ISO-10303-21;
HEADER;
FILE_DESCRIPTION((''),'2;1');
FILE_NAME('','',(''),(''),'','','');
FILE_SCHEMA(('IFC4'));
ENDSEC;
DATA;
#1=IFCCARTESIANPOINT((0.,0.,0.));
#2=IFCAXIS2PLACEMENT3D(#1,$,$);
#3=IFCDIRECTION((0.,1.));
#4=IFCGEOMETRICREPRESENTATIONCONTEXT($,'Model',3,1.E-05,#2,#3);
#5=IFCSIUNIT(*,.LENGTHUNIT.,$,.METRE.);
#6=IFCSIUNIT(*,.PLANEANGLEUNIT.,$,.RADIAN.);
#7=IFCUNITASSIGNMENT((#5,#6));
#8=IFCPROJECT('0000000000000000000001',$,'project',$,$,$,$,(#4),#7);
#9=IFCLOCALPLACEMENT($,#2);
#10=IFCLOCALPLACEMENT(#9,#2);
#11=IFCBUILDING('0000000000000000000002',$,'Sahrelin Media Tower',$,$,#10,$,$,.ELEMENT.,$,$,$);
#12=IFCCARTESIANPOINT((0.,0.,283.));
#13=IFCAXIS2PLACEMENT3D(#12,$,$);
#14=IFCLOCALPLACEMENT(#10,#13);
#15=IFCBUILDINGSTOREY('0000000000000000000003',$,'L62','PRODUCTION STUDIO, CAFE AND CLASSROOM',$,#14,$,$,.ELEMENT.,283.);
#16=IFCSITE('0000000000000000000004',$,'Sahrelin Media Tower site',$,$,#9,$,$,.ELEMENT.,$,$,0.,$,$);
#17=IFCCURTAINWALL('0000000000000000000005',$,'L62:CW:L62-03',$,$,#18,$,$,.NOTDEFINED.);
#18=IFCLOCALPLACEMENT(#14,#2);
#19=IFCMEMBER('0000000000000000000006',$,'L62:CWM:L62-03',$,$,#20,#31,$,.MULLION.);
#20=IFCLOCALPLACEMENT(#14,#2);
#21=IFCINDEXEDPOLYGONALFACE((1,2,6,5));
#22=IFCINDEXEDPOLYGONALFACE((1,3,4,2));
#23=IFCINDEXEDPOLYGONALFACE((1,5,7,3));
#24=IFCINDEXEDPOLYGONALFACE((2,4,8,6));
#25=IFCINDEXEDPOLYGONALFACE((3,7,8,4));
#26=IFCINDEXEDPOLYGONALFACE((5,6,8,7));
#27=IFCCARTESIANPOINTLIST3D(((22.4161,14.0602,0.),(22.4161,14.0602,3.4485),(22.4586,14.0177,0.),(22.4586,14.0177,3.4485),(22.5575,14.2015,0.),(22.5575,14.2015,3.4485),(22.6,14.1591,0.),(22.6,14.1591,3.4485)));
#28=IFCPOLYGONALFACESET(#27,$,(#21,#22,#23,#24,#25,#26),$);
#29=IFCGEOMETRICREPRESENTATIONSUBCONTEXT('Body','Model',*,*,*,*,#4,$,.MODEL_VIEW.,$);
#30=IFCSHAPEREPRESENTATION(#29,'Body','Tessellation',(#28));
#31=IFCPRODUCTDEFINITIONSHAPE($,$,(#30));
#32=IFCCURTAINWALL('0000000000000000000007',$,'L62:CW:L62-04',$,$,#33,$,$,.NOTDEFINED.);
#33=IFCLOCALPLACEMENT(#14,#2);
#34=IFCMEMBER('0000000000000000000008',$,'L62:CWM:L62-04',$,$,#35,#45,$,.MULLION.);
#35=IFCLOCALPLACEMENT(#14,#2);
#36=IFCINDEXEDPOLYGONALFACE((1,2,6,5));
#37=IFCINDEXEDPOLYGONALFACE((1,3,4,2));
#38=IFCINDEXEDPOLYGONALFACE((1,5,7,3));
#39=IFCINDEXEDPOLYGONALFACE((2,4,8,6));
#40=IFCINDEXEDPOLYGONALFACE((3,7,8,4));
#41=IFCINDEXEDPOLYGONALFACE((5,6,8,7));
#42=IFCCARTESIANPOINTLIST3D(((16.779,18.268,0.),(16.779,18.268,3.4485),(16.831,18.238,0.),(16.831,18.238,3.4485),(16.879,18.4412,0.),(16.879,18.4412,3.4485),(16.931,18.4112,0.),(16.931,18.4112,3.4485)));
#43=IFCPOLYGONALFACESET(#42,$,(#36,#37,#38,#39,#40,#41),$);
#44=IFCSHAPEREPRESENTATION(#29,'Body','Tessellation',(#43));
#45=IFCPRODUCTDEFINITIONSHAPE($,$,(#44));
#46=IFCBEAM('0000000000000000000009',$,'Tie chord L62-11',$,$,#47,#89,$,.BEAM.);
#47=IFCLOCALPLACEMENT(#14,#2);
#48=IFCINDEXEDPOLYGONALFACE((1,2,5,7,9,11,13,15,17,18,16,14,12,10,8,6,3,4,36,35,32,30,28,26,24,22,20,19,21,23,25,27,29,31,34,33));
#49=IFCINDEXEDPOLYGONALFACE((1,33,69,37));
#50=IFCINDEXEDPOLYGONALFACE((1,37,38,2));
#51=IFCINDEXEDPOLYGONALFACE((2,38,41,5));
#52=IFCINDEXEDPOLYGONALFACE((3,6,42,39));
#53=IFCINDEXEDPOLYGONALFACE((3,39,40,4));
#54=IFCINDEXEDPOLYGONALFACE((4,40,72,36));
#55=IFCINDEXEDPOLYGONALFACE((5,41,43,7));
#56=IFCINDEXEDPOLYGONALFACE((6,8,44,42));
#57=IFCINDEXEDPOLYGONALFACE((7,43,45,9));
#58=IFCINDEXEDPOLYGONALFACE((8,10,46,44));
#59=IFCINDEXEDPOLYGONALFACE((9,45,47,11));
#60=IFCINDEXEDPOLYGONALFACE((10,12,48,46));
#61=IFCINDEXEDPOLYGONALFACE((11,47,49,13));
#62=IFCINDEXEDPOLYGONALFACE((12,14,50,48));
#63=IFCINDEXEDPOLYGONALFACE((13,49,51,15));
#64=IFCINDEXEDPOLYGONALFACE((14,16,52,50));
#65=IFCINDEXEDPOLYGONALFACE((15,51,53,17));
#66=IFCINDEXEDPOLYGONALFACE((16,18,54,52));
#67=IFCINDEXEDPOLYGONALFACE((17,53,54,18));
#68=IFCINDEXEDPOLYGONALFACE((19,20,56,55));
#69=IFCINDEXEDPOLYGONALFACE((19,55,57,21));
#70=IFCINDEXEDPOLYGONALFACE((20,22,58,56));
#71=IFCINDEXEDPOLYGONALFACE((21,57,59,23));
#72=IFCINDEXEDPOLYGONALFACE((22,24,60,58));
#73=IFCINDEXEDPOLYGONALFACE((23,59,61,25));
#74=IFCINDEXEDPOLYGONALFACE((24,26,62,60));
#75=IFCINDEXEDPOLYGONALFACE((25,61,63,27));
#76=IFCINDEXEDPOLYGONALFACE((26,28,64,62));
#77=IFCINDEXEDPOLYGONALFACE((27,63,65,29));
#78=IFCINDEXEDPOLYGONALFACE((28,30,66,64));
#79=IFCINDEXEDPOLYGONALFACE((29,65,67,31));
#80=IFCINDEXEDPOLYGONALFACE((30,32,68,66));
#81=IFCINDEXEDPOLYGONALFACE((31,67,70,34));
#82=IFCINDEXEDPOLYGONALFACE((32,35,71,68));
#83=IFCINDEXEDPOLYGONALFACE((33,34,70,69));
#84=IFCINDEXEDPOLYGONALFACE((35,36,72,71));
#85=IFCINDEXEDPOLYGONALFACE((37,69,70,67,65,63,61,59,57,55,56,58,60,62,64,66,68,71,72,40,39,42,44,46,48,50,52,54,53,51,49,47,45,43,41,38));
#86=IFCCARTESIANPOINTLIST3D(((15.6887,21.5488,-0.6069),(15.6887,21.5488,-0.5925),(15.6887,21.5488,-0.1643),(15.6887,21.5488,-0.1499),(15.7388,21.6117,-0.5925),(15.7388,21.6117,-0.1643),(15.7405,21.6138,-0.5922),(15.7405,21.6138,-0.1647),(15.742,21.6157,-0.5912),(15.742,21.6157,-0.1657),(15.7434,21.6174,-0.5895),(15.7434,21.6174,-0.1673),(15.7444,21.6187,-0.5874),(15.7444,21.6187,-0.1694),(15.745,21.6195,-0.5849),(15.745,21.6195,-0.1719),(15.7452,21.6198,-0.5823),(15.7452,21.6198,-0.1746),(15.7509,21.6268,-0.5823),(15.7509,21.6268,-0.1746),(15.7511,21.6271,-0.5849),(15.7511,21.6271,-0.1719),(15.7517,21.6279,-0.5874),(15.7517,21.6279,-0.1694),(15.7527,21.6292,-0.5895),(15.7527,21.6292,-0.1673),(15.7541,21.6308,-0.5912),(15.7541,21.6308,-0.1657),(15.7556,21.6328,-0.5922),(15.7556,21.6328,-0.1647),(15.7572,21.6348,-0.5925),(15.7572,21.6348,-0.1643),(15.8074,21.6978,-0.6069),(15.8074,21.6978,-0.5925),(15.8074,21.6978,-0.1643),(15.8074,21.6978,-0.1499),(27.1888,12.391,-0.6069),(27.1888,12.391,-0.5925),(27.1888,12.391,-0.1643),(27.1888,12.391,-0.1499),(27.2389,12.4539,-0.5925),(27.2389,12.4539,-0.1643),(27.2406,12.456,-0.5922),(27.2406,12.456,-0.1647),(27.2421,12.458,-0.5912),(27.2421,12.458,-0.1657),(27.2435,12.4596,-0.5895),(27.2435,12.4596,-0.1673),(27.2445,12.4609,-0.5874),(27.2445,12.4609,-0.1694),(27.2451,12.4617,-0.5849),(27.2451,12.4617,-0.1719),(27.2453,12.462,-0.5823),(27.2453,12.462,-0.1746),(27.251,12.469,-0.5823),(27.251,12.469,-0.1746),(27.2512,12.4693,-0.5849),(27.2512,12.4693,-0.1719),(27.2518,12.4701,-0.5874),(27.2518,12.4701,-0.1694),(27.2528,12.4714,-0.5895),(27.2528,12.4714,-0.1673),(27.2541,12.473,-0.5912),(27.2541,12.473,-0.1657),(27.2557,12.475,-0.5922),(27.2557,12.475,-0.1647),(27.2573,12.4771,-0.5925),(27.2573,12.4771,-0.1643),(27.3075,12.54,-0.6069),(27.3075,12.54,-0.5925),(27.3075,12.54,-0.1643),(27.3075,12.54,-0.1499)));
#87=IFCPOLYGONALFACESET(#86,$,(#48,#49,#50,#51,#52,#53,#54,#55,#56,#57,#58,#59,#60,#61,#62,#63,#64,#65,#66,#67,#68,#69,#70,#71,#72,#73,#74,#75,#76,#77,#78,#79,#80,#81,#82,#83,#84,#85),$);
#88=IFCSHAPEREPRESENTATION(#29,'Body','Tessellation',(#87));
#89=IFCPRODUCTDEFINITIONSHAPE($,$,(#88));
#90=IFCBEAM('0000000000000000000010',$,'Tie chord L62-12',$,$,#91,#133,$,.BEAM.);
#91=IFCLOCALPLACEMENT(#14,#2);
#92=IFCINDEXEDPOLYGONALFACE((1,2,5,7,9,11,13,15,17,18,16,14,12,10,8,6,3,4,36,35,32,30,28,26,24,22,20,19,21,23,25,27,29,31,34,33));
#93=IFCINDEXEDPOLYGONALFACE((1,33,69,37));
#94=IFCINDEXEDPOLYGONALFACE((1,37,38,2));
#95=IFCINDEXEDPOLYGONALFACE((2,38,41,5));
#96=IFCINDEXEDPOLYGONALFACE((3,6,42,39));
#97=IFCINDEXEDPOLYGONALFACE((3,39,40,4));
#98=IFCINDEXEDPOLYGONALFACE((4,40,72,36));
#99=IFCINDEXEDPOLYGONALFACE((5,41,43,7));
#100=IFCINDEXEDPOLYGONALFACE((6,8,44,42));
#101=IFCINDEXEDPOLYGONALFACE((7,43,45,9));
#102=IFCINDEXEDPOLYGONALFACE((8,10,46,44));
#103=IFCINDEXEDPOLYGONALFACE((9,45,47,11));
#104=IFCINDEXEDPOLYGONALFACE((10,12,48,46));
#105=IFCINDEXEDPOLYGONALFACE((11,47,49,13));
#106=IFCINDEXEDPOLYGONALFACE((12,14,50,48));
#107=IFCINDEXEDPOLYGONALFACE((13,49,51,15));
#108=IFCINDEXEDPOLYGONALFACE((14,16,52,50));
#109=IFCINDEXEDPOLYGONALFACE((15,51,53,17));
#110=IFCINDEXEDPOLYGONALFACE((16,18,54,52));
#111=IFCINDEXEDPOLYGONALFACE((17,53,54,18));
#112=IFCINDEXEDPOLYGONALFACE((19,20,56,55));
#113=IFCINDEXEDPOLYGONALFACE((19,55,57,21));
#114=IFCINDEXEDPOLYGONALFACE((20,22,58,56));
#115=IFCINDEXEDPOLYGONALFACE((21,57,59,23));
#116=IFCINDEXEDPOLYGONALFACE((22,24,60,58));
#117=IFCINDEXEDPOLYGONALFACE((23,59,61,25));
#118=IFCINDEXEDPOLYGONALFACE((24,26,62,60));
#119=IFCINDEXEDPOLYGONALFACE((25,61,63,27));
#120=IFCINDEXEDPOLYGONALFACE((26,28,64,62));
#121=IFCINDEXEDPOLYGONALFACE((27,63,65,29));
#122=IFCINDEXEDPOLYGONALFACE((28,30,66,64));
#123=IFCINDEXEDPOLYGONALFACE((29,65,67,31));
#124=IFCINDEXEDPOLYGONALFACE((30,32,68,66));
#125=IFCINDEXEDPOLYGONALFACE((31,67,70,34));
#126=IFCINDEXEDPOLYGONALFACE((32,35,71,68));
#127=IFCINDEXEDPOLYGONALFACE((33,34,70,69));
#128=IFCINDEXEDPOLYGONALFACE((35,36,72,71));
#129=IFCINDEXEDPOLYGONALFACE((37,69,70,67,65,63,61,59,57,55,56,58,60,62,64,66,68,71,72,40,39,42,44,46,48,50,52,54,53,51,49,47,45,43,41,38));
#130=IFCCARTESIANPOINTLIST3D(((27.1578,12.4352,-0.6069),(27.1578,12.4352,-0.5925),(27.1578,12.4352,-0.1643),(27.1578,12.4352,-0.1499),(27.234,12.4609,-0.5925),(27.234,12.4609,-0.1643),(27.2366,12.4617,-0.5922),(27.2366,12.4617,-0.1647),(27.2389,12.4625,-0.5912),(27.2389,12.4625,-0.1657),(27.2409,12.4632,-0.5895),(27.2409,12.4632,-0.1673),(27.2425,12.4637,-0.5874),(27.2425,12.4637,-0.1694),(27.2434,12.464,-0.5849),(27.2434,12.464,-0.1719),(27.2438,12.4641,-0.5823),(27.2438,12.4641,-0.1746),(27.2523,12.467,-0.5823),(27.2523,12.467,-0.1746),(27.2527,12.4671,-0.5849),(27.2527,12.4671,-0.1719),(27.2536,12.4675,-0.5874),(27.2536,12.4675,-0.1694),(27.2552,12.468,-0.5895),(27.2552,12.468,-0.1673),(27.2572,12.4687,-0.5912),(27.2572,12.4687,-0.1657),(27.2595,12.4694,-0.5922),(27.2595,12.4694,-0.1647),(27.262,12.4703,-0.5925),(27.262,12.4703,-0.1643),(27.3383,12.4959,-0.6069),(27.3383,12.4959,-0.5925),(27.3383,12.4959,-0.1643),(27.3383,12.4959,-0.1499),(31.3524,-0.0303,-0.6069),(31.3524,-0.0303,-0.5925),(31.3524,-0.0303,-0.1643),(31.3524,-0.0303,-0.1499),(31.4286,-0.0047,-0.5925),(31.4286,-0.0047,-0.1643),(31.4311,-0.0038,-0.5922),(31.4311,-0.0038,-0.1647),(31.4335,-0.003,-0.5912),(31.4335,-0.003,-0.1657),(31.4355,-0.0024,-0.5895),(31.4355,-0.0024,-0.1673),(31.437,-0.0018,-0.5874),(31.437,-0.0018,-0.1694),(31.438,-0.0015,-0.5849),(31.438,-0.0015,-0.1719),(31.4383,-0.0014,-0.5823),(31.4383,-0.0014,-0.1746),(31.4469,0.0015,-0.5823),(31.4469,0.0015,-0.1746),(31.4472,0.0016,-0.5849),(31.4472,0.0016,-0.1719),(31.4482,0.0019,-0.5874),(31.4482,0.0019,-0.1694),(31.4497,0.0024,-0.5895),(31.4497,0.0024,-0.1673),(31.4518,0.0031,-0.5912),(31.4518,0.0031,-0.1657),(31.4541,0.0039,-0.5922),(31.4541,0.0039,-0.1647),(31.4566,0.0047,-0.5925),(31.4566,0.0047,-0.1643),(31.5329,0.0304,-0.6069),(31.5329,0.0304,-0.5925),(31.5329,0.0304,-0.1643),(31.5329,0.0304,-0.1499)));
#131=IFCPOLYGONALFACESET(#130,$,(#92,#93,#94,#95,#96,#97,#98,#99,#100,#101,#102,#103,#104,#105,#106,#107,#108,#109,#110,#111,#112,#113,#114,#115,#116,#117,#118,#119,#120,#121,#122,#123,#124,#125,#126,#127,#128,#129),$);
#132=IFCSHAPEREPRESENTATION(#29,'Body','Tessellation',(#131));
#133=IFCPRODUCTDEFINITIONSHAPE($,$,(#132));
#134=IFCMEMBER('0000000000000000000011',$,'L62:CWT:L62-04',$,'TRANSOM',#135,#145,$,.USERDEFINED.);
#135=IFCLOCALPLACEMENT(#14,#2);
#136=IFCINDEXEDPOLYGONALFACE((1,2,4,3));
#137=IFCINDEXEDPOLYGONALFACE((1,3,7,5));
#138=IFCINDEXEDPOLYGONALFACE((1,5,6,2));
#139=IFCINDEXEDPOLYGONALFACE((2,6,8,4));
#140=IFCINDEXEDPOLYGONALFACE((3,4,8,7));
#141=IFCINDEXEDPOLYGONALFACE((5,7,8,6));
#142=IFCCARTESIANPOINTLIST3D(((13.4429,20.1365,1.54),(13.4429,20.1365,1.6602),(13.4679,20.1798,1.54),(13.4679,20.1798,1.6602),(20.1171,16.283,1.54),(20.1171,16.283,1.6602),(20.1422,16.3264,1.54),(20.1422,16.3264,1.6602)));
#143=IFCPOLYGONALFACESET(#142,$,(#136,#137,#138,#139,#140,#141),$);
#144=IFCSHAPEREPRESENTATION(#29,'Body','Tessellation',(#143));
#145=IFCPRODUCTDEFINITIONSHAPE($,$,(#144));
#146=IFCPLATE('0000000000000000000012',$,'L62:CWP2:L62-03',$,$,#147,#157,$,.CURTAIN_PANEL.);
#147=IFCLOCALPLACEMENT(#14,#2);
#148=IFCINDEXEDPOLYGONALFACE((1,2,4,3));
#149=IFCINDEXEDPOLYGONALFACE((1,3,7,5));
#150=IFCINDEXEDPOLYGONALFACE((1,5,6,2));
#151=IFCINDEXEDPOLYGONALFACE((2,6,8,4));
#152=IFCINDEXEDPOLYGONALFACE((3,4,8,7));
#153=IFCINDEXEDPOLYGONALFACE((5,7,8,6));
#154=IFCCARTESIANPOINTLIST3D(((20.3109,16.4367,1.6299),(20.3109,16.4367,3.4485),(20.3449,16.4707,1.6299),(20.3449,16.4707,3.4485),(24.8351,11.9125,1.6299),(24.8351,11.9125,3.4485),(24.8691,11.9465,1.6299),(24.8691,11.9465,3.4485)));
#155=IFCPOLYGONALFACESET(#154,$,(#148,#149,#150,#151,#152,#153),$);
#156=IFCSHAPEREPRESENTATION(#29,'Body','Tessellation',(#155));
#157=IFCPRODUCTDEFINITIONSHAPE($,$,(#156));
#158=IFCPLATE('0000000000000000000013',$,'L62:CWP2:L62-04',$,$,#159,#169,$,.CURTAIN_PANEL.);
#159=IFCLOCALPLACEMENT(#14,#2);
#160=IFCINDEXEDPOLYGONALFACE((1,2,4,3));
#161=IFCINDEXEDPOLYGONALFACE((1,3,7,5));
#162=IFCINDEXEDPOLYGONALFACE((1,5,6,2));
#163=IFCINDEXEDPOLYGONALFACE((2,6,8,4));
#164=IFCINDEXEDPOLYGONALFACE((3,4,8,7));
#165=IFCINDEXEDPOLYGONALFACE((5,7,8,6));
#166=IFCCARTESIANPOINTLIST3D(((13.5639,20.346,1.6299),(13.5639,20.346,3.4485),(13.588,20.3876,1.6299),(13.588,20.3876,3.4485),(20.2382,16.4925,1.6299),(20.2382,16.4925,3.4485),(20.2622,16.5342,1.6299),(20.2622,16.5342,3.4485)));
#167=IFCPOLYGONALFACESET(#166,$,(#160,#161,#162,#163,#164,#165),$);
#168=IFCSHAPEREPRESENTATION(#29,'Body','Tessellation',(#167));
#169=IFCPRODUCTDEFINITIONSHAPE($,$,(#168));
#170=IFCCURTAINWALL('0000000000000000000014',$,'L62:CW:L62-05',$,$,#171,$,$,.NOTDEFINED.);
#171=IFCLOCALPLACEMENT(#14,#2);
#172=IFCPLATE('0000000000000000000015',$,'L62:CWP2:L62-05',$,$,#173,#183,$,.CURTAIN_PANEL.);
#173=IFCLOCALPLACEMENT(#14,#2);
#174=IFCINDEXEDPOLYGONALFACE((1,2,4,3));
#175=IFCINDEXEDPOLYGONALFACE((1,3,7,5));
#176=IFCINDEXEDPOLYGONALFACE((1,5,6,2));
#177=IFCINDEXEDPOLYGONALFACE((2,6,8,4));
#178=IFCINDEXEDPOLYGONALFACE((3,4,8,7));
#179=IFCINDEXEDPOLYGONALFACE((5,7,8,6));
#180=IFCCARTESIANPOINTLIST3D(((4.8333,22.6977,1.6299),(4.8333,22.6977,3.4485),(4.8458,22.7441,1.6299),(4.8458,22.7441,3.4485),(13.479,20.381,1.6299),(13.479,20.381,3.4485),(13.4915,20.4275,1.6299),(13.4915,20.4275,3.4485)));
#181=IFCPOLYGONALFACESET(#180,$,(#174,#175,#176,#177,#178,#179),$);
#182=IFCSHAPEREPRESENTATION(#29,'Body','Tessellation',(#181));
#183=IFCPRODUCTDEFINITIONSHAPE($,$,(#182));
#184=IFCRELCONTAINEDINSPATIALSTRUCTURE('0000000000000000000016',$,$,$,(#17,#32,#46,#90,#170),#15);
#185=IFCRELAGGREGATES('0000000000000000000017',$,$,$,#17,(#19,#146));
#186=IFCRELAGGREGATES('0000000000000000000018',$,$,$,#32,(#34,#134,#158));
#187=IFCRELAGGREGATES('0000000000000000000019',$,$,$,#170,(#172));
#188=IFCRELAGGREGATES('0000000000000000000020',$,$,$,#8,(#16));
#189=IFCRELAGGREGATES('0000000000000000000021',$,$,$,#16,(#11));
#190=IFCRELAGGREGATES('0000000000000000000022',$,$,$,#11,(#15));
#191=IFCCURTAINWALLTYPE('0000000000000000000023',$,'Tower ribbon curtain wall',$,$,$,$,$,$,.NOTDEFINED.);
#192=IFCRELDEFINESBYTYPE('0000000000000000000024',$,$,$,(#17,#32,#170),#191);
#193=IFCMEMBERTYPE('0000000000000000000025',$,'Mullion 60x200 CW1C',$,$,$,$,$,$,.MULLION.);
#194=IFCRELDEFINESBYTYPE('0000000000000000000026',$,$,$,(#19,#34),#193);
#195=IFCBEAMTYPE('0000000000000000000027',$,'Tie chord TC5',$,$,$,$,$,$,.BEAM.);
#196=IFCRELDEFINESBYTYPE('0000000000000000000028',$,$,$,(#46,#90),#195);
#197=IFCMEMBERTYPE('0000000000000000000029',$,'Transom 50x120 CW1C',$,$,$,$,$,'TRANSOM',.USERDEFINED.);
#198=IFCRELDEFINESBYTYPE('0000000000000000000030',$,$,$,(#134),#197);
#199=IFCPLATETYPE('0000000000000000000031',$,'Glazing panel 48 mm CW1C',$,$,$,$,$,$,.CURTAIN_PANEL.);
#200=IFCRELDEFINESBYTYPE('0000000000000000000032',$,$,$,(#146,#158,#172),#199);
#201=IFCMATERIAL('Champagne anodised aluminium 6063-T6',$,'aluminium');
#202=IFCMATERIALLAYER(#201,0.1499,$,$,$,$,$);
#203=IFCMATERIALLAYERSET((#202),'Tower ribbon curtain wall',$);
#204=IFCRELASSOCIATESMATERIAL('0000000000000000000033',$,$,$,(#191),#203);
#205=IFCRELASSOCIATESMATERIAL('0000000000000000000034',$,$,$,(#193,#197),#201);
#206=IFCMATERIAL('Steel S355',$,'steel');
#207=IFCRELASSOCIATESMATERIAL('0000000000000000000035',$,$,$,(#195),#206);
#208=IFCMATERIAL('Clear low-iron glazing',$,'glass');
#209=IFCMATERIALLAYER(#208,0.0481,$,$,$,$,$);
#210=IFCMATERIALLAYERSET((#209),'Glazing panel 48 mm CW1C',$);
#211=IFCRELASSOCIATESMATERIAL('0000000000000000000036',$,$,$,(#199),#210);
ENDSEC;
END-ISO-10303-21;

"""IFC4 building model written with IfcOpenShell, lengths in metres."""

from ifc_helpers import new_model, si_unit, direction, frame, origin, origin_2d, place, context, subcontext, project, spatial, polyline, rectangle, i_section, outline, extrude, material, layer, layer_set, material_profile, profile_set, type_object, element, aggregate, save


model = new_model("IFC4")

# Units and contexts
model_context = context("Model", 3, precision=1e-05, world=origin(), true_north=direction((0.0, 1.0)))
body_context = subcontext(model_context, "Body", "Model", "MODEL_VIEW")
ifc_project = project(units=[si_unit("LENGTHUNIT", "METRE"), si_unit("PLANEANGLEUNIT", "RADIAN")], contexts=[model_context])

# Site, building, storey
site_placement = place(None, origin())
site = spatial("IfcSite", under=ifc_project, at=site_placement, Name="Sahrelin Media Tower site", CompositionType="ELEMENT", RefElevation=0.0)
building_placement = place(site_placement, origin())
building = spatial("IfcBuilding", under=site, at=building_placement, Name="Sahrelin Media Tower", CompositionType="ELEMENT")
storey_placement = place(building_placement, frame((0.0, 0.0, 283.0)))
storey = spatial("IfcBuildingStorey", under=building, at=storey_placement, Name="L62", Description="PRODUCTION STUDIO, CAFE AND CLASSROOM", CompositionType="ELEMENT", Elevation=283.0)

# Shared definitions
ifc_material_1 = material(Name="Steel S355", Category="steel")

# Curtain walls, members
ifc_material_2 = material(Name="Champagne anodised aluminium 6063-T6", Category="aluminium")
ifc_layer_1 = layer(ifc_material_2, 0.1499)
ifc_layer_set_1 = layer_set([ifc_layer_1], Name="Tower ribbon curtain wall")
curtain_wall_type = type_object("IfcCurtainWallType", Name="Tower ribbon curtain wall", PredefinedType="NOTDEFINED", material=ifc_layer_set_1)
curtain_wall_1_placement = place(storey_placement, frame((22.593, 14.1943, 0.0), z_axis=(0.0, 0.0, 1.0), x_axis=(1.0, 0.0, 0.0)))
curtain_wall_1 = element("IfcCurtainWall", 1, at=curtain_wall_1_placement, inside=storey, type_object=curtain_wall_type, Name="L62:CW:L62-03", PredefinedType="NOTDEFINED")
ifc_material_profile_1 = material_profile(ifc_material_2, rectangle(XDim=0.0601, YDim=0.2, at=origin_2d()), Name="Mullion 60x200")
ifc_profile_set_1 = profile_set([ifc_material_profile_1], Name="Champagne anodised aluminium 6063-T6")
member_type_1 = type_object("IfcMemberType", Name="Mullion 60x200 CW1C", PredefinedType="MULLION", material=ifc_profile_set_1)
member_1_placement = place(storey_placement, frame((22.5081, 14.1096, 0.0), z_axis=(0.0, 0.0, 1.0), x_axis=(-0.707107, 0.707107, 0.0)))
member_1 = element("IfcMember", 2, at=member_1_placement, type_object=member_type_1, Name="L62:CWM:L62-03", PredefinedType="MULLION", context=body_context, shape_type="SweptSolid", body=[
    extrude(rectangle(XDim=0.0601, YDim=0.2, at=origin_2d()), origin(), (0.0, 0.0, 1.0), 3.4485),
])
curtain_wall_2_placement = place(storey_placement, frame((16.915, 18.4436, 0.0), z_axis=(0.0, 0.0, 1.0), x_axis=(1.0, 0.0, 0.0)))
curtain_wall_2 = element("IfcCurtainWall", 3, at=curtain_wall_2_placement, inside=storey, type_object=curtain_wall_type, Name="L62:CW:L62-04", PredefinedType="NOTDEFINED")
member_2_placement = place(storey_placement, frame((16.855, 18.3396, 0.0), z_axis=(0.0, 0.0, 1.0), x_axis=(-0.866024, 0.500003, 0.0)))
member_2 = element("IfcMember", 4, at=member_2_placement, type_object=member_type_1, Name="L62:CWM:L62-04", PredefinedType="MULLION", context=body_context, shape_type="SweptSolid", body=[
    extrude(rectangle(XDim=0.0601, YDim=0.2, at=origin_2d()), origin(), (0.0, 0.0, 1.0), 3.4485),
])

# Beams
ifc_material_profile_2 = material_profile(ifc_material_1, i_section(OverallWidth=0.1904, OverallDepth=0.457, WebThickness=0.009, FlangeThickness=0.0144, FilletRadius=0.0103, at=origin_2d()), Name="UB 457x191x74")
ifc_profile_set_2 = profile_set([ifc_material_profile_2], Name="Steel S355")
beam_type_1 = type_object("IfcBeamType", Name="Tie chord TC5", PredefinedType="BEAM", material=ifc_profile_set_2)
beam_1_placement = place(storey_placement, frame((15.748, 21.6233, -0.3784), z_axis=(0.78227, -0.62294, 0.0), x_axis=(0.62294, 0.78227, 0.0)))
element("IfcBeam", 5, at=beam_1_placement, inside=storey, type_object=beam_type_1, Name="Tie chord L62-11", PredefinedType="BEAM", context=body_context, shape_type="SweptSolid", body=[
    extrude(i_section(OverallWidth=0.1904, OverallDepth=0.457, WebThickness=0.009, FlangeThickness=0.0144, FilletRadius=0.0103, at=origin_2d()), origin(), (0.0, 0.0, 1.0), 14.7009),
])
beam_2_placement = place(storey_placement, frame((27.248, 12.4656, -0.3784), z_axis=(0.318922, -0.947781, 0.0), x_axis=(0.947781, 0.318922, 0.0)))
element("IfcBeam", 6, at=beam_2_placement, inside=storey, type_object=beam_type_1, Name="Tie chord L62-12", PredefinedType="BEAM", context=body_context, shape_type="SweptSolid", body=[
    extrude(i_section(OverallWidth=0.1904, OverallDepth=0.457, WebThickness=0.009, FlangeThickness=0.0144, FilletRadius=0.0103, at=origin_2d()), origin(), (0.0, 0.0, 1.0), 13.1523),
])

# Member
ifc_material_profile_3 = material_profile(ifc_material_2, rectangle(XDim=0.05, YDim=0.1201, at=origin_2d()), Name="Transom 50x120")
ifc_profile_set_3 = profile_set([ifc_material_profile_3], Name="Champagne anodised aluminium 6063-T6")
member_type_2 = type_object("IfcMemberType", Name="Transom 50x120 CW1C", ElementType="TRANSOM", PredefinedType="USERDEFINED", material=ifc_profile_set_3)
member_3_placement = place(storey_placement, frame((20.1296, 16.3047, 1.6001), z_axis=(-0.86602, 0.500009, 0.0), x_axis=(-0.500009, -0.86602, 0.0)))
member_3 = element("IfcMember", 7, at=member_3_placement, type_object=member_type_2, Name="L62:CWT:L62-04", ObjectType="TRANSOM", PredefinedType="USERDEFINED", context=body_context, shape_type="SweptSolid", body=[
    extrude(rectangle(XDim=0.05, YDim=0.1201, at=origin_2d()), origin(), (0.0, 0.0, 1.0), 7.7068),
])

# Plates
ifc_material_3 = material(Name="Clear low-iron glazing", Category="glass")
ifc_layer_2 = layer(ifc_material_3, 0.0481)
ifc_layer_set_2 = layer_set([ifc_layer_2], Name="Glazing panel 48 mm CW1C")
plate_type_1 = type_object("IfcPlateType", Name="Glazing panel 48 mm CW1C", PredefinedType="CURTAIN_PANEL", material=ifc_layer_set_2)
plate_1_placement = place(storey_placement, frame((24.8691, 11.9465, 1.6299), z_axis=(0.707107, 0.707107, 0.0), x_axis=(-0.707107, 0.707107, 0.0)))
plate_1 = element("IfcPlate", 8, at=plate_1_placement, type_object=plate_type_1, Name="L62:CWP2:L62-03", PredefinedType="CURTAIN_PANEL", context=body_context, shape_type="SweptSolid", body=[
    extrude(outline(polyline([(0.0, 0.0), (6.3982, 0.0), (6.3982, 1.8186), (0.0, 1.8186), (0.0, 0.0)])), origin(), (0.0, 0.0, -1.0), 0.0481),
])
plate_2_placement = place(storey_placement, frame((20.2622, 16.5342, 1.6299), z_axis=(0.500009, 0.86602, 0.0), x_axis=(-0.86602, 0.500009, 0.0)))
plate_2 = element("IfcPlate", 9, at=plate_2_placement, type_object=plate_type_1, Name="L62:CWP2:L62-04", PredefinedType="CURTAIN_PANEL", context=body_context, shape_type="SweptSolid", body=[
    extrude(outline(polyline([(0.0, 0.0), (7.7068, 0.0), (7.7068, 1.8186), (0.0, 1.8186), (0.0, 0.0)])), origin(), (0.0, 0.0, -1.0), 0.0481),
])

# Curtain wall, plate
curtain_wall_3_placement = place(storey_placement, frame((9.1633, 21.5664, 0.0), z_axis=(0.0, 0.0, 1.0), x_axis=(1.0, 0.0, 0.0)))
curtain_wall_3 = element("IfcCurtainWall", 10, at=curtain_wall_3_placement, inside=storey, type_object=curtain_wall_type, Name="L62:CW:L62-05", PredefinedType="NOTDEFINED")
plate_3_placement = place(storey_placement, frame((13.4915, 20.4275, 1.6299), z_axis=(0.258822, 0.965925, 0.0), x_axis=(-0.965925, 0.258822, 0.0)))
plate_3 = element("IfcPlate", 11, at=plate_3_placement, type_object=plate_type_1, Name="L62:CWP2:L62-05", PredefinedType="CURTAIN_PANEL", context=body_context, shape_type="SweptSolid", body=[
    extrude(outline(polyline([(0.0, 0.0), (8.9507, 0.0), (8.9507, 1.8186), (0.0, 1.8186), (0.0, 0.0)])), origin(), (0.0, 0.0, -1.0), 0.0481),
])

aggregate(curtain_wall_1, [member_1, plate_1])
aggregate(curtain_wall_2, [member_2, member_3, plate_2])
aggregate(curtain_wall_3, [plate_3])

save(model, "model.ifc")
